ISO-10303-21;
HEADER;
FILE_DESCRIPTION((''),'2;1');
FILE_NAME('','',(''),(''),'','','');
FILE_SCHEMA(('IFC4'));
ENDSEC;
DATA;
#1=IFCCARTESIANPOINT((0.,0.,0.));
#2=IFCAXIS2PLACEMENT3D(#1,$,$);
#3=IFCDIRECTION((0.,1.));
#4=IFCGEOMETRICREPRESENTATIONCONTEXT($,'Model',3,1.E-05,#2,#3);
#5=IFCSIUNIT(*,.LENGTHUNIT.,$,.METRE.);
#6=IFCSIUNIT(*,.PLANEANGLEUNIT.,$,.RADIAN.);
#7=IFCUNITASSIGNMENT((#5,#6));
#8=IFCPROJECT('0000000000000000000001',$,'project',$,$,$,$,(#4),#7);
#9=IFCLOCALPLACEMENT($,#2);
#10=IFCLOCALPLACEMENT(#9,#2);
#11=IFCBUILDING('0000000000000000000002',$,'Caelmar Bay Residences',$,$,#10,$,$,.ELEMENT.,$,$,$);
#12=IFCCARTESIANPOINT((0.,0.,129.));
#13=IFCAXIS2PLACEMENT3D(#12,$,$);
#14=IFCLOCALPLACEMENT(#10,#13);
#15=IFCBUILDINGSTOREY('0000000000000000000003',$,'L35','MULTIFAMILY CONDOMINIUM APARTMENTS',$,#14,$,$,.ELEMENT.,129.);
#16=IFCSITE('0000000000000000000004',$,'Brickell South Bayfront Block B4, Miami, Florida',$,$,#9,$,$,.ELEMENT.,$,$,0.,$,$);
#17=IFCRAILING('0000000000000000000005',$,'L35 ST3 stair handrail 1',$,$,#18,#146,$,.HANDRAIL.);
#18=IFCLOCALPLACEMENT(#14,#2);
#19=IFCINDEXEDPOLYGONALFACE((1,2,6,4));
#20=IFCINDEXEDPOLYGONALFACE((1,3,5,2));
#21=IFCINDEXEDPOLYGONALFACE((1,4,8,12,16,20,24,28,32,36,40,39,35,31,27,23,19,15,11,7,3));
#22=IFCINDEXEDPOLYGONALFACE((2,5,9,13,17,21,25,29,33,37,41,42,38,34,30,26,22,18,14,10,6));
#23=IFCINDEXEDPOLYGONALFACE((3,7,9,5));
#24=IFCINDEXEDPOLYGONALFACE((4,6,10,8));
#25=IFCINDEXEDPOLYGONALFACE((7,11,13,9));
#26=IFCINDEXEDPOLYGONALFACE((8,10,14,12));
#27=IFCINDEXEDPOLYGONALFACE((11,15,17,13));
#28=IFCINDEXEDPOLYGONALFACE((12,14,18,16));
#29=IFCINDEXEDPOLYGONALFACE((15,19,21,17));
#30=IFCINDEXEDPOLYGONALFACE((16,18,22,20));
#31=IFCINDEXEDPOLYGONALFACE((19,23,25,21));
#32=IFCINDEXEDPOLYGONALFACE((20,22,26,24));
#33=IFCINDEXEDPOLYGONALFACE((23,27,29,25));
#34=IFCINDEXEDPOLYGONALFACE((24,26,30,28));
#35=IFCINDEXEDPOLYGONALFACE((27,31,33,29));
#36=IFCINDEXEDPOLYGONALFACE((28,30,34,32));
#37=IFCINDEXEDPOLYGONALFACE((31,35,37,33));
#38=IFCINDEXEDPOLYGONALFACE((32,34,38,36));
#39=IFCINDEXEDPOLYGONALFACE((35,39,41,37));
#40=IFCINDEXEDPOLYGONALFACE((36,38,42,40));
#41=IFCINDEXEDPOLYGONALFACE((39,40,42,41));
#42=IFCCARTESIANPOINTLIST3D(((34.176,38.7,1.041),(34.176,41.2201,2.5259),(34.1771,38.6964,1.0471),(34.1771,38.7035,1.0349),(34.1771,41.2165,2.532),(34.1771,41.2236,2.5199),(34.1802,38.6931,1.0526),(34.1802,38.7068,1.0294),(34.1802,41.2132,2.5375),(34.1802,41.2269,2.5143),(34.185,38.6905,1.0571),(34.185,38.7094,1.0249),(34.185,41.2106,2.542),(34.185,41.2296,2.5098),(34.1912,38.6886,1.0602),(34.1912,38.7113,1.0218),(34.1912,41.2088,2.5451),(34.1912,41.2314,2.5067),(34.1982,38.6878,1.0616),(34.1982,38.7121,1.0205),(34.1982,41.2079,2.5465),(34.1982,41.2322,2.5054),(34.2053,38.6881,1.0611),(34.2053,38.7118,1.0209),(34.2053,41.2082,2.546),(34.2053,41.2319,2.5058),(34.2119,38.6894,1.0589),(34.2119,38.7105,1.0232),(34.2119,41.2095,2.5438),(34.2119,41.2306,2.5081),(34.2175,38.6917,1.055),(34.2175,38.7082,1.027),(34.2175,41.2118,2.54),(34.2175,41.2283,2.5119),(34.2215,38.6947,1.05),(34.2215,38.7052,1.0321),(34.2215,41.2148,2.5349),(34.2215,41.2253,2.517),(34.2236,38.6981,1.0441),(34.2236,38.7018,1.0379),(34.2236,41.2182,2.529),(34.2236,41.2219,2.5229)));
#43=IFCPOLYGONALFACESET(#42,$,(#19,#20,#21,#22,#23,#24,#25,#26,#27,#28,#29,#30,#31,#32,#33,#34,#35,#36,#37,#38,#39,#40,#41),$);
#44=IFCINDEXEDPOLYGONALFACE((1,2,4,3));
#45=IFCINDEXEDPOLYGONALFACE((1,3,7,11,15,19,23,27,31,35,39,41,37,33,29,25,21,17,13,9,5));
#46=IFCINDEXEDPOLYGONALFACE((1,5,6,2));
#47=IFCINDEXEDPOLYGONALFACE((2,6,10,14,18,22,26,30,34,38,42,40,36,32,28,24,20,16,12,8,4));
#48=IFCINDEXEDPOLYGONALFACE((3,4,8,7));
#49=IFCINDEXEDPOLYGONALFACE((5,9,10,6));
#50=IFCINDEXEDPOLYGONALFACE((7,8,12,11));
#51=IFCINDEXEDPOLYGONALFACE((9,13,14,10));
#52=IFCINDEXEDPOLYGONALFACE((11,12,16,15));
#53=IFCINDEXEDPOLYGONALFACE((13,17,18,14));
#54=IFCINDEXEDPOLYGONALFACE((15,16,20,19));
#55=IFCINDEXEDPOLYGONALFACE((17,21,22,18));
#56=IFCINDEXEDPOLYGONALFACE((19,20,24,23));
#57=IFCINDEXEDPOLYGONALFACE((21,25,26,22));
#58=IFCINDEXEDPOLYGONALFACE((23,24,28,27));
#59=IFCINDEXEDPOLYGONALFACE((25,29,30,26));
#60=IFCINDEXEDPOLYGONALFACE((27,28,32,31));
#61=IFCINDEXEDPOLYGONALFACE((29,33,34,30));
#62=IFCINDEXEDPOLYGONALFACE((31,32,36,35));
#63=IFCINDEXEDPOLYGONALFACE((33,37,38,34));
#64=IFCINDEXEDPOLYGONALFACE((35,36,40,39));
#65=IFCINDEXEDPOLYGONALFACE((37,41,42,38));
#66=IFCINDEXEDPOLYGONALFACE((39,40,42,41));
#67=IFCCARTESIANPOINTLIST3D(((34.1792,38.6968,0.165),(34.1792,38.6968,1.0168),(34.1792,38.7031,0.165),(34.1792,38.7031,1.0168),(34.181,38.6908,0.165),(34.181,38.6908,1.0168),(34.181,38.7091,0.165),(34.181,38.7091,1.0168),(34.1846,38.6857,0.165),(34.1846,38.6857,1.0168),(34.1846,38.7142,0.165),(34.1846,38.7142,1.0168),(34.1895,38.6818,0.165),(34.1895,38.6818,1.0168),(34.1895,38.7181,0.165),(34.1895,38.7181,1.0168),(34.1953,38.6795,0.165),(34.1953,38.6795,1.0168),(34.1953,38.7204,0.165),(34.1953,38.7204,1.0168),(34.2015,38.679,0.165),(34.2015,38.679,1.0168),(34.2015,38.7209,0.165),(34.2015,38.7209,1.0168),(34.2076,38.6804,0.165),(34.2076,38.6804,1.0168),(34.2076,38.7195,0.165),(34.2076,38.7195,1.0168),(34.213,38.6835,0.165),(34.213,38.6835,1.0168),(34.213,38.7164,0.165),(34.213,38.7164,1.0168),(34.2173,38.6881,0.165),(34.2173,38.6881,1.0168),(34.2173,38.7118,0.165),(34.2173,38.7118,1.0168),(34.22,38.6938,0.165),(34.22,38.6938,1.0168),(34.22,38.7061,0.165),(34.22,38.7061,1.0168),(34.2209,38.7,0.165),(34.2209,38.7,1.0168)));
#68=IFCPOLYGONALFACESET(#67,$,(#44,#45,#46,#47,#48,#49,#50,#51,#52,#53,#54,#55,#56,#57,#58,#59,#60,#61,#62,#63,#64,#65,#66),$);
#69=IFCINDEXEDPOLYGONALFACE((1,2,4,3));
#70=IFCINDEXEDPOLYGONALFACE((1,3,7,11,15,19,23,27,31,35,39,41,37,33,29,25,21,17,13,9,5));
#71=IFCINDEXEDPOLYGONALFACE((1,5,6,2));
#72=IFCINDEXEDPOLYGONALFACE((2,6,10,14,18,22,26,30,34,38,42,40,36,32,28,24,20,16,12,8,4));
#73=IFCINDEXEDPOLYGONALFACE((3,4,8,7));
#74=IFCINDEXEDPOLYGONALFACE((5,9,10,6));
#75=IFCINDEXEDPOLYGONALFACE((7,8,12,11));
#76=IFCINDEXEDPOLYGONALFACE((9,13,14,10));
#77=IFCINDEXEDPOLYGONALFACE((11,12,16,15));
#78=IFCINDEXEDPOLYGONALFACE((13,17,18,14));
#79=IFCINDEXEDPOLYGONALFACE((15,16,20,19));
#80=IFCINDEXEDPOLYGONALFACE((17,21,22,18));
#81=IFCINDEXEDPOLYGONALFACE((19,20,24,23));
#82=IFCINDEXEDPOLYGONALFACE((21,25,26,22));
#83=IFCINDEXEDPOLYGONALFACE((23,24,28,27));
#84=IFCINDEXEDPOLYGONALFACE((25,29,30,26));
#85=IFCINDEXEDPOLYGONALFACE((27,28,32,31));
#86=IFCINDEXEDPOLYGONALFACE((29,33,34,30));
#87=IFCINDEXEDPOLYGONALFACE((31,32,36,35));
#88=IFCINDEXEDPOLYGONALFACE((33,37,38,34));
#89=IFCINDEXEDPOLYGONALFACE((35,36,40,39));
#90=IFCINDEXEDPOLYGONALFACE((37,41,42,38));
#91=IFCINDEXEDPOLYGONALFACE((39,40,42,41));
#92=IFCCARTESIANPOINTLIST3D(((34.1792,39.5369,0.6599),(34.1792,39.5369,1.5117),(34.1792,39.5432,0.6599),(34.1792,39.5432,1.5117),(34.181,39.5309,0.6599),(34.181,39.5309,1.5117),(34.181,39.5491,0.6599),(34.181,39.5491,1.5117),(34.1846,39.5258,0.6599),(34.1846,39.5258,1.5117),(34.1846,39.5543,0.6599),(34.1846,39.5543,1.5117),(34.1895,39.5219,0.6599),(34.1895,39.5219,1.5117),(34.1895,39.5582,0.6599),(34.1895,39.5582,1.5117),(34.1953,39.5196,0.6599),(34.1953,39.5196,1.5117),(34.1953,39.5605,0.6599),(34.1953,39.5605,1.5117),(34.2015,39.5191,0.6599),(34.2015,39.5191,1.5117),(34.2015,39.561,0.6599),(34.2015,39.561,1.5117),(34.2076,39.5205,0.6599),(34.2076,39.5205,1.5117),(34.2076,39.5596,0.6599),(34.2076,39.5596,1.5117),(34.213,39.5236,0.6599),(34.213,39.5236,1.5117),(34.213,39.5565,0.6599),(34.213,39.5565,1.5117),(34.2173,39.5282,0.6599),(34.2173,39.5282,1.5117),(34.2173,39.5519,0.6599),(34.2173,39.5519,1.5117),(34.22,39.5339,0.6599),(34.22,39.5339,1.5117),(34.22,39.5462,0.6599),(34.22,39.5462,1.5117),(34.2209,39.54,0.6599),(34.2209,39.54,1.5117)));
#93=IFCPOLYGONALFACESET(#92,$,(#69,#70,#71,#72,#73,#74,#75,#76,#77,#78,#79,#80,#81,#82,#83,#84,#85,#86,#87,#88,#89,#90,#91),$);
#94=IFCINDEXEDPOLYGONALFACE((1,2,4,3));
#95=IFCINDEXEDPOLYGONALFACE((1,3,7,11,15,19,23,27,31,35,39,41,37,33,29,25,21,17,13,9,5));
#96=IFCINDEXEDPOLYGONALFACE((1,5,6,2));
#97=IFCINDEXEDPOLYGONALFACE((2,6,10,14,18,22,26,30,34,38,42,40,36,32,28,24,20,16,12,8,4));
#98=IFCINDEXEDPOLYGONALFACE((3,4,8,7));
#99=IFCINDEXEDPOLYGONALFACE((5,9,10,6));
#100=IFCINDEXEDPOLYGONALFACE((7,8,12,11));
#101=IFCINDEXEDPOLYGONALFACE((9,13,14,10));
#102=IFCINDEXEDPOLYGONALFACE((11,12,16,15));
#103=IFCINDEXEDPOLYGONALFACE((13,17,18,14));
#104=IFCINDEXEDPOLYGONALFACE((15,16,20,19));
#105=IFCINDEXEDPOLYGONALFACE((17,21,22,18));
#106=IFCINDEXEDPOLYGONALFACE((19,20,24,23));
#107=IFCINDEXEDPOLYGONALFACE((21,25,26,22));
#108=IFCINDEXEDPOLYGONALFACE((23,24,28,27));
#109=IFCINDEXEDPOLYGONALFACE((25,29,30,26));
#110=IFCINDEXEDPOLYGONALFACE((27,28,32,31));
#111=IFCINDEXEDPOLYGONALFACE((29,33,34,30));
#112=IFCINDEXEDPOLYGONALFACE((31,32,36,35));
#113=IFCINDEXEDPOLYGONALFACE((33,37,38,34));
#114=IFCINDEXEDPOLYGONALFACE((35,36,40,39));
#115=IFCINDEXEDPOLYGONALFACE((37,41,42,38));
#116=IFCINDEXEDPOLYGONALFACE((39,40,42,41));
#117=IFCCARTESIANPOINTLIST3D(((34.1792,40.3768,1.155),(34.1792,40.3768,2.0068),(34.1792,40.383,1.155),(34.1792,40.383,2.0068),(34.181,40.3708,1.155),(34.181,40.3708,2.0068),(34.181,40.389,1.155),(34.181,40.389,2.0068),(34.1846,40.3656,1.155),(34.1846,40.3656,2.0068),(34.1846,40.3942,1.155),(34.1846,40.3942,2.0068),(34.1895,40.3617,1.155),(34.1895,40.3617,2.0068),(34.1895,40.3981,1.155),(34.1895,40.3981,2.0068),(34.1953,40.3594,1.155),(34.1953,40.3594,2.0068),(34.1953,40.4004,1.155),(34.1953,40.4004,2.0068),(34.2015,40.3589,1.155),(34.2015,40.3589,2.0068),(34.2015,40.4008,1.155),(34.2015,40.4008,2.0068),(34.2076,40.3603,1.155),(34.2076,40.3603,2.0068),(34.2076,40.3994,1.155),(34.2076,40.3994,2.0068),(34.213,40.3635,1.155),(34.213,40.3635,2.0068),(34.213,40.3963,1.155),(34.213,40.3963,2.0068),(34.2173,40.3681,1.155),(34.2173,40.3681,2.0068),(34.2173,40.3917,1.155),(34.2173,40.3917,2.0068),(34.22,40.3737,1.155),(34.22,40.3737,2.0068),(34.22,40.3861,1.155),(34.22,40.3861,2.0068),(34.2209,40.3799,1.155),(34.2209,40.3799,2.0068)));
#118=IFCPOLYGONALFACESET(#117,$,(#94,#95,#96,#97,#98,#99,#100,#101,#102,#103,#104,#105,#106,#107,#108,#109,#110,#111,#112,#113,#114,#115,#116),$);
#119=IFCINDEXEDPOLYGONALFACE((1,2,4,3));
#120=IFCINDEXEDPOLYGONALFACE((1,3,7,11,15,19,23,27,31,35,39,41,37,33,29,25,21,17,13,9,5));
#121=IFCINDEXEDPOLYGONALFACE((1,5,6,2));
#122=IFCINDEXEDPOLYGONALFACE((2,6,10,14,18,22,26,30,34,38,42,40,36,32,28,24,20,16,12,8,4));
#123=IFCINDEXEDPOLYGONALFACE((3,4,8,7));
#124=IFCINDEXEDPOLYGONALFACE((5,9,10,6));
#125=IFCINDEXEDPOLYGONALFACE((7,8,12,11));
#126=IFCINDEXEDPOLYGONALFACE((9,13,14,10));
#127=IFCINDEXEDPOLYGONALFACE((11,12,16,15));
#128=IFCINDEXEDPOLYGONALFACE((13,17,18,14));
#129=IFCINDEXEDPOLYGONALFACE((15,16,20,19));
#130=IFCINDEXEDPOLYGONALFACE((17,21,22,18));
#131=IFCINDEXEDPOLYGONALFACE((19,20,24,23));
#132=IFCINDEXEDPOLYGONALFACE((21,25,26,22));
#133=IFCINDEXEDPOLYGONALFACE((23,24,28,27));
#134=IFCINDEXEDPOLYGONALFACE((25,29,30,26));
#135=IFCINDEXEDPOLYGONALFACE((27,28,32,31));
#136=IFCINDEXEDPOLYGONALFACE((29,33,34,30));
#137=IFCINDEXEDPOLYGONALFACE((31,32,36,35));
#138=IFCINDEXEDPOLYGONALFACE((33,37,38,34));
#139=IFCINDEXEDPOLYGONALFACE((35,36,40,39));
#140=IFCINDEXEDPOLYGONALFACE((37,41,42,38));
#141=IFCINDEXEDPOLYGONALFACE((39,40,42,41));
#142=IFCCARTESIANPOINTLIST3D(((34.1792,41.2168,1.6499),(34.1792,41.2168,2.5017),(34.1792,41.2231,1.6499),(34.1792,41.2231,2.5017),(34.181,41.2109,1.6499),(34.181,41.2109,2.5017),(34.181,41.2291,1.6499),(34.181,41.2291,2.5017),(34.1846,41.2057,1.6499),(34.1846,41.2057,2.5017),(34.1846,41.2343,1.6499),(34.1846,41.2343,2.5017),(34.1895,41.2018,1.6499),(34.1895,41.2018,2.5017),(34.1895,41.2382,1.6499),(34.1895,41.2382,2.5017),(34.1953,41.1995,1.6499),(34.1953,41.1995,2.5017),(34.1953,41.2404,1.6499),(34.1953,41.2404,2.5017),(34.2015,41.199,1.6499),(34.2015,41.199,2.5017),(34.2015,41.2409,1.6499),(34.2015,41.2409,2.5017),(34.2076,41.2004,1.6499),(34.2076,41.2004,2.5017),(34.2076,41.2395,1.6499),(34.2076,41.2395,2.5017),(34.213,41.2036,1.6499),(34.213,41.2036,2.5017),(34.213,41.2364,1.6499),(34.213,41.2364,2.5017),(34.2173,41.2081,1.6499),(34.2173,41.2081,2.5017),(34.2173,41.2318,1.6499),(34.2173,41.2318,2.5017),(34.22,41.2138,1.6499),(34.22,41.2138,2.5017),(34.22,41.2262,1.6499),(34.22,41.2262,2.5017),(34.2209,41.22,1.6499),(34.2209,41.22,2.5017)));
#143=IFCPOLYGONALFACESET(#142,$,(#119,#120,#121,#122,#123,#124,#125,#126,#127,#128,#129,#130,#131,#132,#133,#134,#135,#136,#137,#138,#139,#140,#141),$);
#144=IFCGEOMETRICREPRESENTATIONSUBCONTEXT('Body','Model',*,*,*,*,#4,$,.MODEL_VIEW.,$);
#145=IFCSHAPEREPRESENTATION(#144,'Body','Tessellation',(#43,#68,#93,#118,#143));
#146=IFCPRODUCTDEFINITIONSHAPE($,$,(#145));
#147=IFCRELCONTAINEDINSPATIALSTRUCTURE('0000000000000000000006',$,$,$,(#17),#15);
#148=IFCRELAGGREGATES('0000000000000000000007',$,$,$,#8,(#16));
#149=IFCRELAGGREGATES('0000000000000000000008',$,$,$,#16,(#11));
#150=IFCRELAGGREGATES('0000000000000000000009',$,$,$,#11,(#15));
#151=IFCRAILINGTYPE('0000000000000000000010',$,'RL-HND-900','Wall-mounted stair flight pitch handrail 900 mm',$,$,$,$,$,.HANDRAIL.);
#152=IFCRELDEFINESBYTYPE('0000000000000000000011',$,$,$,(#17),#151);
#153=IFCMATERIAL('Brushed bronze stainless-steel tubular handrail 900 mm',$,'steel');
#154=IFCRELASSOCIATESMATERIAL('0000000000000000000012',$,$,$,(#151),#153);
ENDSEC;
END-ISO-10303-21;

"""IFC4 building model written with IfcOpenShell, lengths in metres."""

from ifc_helpers import new_model, si_unit, direction, frame, origin, origin_2d, place, context, subcontext, project, spatial, circle, extrude, material, type_object, element, save


model = new_model("IFC4")

# Units and contexts
model_context = context("Model", 3, precision=1e-05, world=origin(), true_north=direction((0.0, 1.0)))
body_context = subcontext(model_context, "Body", "Model", "MODEL_VIEW")
ifc_project = project(units=[si_unit("LENGTHUNIT", "METRE"), si_unit("PLANEANGLEUNIT", "RADIAN")], contexts=[model_context])

# Site, building, storey
site_placement = place(None, origin())
site = spatial("IfcSite", under=ifc_project, at=site_placement, Name="Brickell South Bayfront Block B4, Miami, Florida", CompositionType="ELEMENT", RefElevation=0.0)
building_placement = place(site_placement, origin())
building = spatial("IfcBuilding", under=site, at=building_placement, Name="Caelmar Bay Residences", CompositionType="ELEMENT")
storey_placement = place(building_placement, frame((0.0, 0.0, 129.0)))
storey = spatial("IfcBuildingStorey", under=building, at=storey_placement, Name="L35", Description="MULTIFAMILY CONDOMINIUM APARTMENTS", CompositionType="ELEMENT", Elevation=129.0)

# Railing
ifc_material_1 = material(Name="Brushed bronze stainless-steel tubular handrail 900 mm", Category="steel")
railing_type_1 = type_object("IfcRailingType", Name="RL-HND-900", Description="Wall-mounted stair flight pitch handrail 900 mm", PredefinedType="HANDRAIL", material=ifc_material_1)
railing_1_placement = place(storey_placement, frame((34.2, 38.7, 0.165)))
element("IfcRailing", 1, at=railing_1_placement, inside=storey, type_object=railing_type_1, Name="L35 ST3 stair handrail 1", PredefinedType="HANDRAIL", context=body_context, shape_type="SweptSolid", body=[
    extrude(circle(Radius=0.0239, at=origin_2d()), frame((0.0, 0.0, 0.876), z_axis=(0.0, 0.861561, 0.507655), x_axis=(-1.0, 0.0, 0.0)), (0.0, 0.0, 1.0), 2.925),
    extrude(circle(Radius=0.021, at=origin_2d()), origin(), (0.0, 0.0, 1.0), 0.8518),
    extrude(circle(Radius=0.021, at=origin_2d()), frame((0.0, 0.8401, 0.4949)), (0.0, 0.0, 1.0), 0.8518),
    extrude(circle(Radius=0.021, at=origin_2d()), frame((0.0, 1.6799, 0.99)), (0.0, 0.0, 1.0), 0.8518),
    extrude(circle(Radius=0.021, at=origin_2d()), frame((0.0, 2.52, 1.4849)), (0.0, 0.0, 1.0), 0.8518),
])

save(model, "model.ifc")
